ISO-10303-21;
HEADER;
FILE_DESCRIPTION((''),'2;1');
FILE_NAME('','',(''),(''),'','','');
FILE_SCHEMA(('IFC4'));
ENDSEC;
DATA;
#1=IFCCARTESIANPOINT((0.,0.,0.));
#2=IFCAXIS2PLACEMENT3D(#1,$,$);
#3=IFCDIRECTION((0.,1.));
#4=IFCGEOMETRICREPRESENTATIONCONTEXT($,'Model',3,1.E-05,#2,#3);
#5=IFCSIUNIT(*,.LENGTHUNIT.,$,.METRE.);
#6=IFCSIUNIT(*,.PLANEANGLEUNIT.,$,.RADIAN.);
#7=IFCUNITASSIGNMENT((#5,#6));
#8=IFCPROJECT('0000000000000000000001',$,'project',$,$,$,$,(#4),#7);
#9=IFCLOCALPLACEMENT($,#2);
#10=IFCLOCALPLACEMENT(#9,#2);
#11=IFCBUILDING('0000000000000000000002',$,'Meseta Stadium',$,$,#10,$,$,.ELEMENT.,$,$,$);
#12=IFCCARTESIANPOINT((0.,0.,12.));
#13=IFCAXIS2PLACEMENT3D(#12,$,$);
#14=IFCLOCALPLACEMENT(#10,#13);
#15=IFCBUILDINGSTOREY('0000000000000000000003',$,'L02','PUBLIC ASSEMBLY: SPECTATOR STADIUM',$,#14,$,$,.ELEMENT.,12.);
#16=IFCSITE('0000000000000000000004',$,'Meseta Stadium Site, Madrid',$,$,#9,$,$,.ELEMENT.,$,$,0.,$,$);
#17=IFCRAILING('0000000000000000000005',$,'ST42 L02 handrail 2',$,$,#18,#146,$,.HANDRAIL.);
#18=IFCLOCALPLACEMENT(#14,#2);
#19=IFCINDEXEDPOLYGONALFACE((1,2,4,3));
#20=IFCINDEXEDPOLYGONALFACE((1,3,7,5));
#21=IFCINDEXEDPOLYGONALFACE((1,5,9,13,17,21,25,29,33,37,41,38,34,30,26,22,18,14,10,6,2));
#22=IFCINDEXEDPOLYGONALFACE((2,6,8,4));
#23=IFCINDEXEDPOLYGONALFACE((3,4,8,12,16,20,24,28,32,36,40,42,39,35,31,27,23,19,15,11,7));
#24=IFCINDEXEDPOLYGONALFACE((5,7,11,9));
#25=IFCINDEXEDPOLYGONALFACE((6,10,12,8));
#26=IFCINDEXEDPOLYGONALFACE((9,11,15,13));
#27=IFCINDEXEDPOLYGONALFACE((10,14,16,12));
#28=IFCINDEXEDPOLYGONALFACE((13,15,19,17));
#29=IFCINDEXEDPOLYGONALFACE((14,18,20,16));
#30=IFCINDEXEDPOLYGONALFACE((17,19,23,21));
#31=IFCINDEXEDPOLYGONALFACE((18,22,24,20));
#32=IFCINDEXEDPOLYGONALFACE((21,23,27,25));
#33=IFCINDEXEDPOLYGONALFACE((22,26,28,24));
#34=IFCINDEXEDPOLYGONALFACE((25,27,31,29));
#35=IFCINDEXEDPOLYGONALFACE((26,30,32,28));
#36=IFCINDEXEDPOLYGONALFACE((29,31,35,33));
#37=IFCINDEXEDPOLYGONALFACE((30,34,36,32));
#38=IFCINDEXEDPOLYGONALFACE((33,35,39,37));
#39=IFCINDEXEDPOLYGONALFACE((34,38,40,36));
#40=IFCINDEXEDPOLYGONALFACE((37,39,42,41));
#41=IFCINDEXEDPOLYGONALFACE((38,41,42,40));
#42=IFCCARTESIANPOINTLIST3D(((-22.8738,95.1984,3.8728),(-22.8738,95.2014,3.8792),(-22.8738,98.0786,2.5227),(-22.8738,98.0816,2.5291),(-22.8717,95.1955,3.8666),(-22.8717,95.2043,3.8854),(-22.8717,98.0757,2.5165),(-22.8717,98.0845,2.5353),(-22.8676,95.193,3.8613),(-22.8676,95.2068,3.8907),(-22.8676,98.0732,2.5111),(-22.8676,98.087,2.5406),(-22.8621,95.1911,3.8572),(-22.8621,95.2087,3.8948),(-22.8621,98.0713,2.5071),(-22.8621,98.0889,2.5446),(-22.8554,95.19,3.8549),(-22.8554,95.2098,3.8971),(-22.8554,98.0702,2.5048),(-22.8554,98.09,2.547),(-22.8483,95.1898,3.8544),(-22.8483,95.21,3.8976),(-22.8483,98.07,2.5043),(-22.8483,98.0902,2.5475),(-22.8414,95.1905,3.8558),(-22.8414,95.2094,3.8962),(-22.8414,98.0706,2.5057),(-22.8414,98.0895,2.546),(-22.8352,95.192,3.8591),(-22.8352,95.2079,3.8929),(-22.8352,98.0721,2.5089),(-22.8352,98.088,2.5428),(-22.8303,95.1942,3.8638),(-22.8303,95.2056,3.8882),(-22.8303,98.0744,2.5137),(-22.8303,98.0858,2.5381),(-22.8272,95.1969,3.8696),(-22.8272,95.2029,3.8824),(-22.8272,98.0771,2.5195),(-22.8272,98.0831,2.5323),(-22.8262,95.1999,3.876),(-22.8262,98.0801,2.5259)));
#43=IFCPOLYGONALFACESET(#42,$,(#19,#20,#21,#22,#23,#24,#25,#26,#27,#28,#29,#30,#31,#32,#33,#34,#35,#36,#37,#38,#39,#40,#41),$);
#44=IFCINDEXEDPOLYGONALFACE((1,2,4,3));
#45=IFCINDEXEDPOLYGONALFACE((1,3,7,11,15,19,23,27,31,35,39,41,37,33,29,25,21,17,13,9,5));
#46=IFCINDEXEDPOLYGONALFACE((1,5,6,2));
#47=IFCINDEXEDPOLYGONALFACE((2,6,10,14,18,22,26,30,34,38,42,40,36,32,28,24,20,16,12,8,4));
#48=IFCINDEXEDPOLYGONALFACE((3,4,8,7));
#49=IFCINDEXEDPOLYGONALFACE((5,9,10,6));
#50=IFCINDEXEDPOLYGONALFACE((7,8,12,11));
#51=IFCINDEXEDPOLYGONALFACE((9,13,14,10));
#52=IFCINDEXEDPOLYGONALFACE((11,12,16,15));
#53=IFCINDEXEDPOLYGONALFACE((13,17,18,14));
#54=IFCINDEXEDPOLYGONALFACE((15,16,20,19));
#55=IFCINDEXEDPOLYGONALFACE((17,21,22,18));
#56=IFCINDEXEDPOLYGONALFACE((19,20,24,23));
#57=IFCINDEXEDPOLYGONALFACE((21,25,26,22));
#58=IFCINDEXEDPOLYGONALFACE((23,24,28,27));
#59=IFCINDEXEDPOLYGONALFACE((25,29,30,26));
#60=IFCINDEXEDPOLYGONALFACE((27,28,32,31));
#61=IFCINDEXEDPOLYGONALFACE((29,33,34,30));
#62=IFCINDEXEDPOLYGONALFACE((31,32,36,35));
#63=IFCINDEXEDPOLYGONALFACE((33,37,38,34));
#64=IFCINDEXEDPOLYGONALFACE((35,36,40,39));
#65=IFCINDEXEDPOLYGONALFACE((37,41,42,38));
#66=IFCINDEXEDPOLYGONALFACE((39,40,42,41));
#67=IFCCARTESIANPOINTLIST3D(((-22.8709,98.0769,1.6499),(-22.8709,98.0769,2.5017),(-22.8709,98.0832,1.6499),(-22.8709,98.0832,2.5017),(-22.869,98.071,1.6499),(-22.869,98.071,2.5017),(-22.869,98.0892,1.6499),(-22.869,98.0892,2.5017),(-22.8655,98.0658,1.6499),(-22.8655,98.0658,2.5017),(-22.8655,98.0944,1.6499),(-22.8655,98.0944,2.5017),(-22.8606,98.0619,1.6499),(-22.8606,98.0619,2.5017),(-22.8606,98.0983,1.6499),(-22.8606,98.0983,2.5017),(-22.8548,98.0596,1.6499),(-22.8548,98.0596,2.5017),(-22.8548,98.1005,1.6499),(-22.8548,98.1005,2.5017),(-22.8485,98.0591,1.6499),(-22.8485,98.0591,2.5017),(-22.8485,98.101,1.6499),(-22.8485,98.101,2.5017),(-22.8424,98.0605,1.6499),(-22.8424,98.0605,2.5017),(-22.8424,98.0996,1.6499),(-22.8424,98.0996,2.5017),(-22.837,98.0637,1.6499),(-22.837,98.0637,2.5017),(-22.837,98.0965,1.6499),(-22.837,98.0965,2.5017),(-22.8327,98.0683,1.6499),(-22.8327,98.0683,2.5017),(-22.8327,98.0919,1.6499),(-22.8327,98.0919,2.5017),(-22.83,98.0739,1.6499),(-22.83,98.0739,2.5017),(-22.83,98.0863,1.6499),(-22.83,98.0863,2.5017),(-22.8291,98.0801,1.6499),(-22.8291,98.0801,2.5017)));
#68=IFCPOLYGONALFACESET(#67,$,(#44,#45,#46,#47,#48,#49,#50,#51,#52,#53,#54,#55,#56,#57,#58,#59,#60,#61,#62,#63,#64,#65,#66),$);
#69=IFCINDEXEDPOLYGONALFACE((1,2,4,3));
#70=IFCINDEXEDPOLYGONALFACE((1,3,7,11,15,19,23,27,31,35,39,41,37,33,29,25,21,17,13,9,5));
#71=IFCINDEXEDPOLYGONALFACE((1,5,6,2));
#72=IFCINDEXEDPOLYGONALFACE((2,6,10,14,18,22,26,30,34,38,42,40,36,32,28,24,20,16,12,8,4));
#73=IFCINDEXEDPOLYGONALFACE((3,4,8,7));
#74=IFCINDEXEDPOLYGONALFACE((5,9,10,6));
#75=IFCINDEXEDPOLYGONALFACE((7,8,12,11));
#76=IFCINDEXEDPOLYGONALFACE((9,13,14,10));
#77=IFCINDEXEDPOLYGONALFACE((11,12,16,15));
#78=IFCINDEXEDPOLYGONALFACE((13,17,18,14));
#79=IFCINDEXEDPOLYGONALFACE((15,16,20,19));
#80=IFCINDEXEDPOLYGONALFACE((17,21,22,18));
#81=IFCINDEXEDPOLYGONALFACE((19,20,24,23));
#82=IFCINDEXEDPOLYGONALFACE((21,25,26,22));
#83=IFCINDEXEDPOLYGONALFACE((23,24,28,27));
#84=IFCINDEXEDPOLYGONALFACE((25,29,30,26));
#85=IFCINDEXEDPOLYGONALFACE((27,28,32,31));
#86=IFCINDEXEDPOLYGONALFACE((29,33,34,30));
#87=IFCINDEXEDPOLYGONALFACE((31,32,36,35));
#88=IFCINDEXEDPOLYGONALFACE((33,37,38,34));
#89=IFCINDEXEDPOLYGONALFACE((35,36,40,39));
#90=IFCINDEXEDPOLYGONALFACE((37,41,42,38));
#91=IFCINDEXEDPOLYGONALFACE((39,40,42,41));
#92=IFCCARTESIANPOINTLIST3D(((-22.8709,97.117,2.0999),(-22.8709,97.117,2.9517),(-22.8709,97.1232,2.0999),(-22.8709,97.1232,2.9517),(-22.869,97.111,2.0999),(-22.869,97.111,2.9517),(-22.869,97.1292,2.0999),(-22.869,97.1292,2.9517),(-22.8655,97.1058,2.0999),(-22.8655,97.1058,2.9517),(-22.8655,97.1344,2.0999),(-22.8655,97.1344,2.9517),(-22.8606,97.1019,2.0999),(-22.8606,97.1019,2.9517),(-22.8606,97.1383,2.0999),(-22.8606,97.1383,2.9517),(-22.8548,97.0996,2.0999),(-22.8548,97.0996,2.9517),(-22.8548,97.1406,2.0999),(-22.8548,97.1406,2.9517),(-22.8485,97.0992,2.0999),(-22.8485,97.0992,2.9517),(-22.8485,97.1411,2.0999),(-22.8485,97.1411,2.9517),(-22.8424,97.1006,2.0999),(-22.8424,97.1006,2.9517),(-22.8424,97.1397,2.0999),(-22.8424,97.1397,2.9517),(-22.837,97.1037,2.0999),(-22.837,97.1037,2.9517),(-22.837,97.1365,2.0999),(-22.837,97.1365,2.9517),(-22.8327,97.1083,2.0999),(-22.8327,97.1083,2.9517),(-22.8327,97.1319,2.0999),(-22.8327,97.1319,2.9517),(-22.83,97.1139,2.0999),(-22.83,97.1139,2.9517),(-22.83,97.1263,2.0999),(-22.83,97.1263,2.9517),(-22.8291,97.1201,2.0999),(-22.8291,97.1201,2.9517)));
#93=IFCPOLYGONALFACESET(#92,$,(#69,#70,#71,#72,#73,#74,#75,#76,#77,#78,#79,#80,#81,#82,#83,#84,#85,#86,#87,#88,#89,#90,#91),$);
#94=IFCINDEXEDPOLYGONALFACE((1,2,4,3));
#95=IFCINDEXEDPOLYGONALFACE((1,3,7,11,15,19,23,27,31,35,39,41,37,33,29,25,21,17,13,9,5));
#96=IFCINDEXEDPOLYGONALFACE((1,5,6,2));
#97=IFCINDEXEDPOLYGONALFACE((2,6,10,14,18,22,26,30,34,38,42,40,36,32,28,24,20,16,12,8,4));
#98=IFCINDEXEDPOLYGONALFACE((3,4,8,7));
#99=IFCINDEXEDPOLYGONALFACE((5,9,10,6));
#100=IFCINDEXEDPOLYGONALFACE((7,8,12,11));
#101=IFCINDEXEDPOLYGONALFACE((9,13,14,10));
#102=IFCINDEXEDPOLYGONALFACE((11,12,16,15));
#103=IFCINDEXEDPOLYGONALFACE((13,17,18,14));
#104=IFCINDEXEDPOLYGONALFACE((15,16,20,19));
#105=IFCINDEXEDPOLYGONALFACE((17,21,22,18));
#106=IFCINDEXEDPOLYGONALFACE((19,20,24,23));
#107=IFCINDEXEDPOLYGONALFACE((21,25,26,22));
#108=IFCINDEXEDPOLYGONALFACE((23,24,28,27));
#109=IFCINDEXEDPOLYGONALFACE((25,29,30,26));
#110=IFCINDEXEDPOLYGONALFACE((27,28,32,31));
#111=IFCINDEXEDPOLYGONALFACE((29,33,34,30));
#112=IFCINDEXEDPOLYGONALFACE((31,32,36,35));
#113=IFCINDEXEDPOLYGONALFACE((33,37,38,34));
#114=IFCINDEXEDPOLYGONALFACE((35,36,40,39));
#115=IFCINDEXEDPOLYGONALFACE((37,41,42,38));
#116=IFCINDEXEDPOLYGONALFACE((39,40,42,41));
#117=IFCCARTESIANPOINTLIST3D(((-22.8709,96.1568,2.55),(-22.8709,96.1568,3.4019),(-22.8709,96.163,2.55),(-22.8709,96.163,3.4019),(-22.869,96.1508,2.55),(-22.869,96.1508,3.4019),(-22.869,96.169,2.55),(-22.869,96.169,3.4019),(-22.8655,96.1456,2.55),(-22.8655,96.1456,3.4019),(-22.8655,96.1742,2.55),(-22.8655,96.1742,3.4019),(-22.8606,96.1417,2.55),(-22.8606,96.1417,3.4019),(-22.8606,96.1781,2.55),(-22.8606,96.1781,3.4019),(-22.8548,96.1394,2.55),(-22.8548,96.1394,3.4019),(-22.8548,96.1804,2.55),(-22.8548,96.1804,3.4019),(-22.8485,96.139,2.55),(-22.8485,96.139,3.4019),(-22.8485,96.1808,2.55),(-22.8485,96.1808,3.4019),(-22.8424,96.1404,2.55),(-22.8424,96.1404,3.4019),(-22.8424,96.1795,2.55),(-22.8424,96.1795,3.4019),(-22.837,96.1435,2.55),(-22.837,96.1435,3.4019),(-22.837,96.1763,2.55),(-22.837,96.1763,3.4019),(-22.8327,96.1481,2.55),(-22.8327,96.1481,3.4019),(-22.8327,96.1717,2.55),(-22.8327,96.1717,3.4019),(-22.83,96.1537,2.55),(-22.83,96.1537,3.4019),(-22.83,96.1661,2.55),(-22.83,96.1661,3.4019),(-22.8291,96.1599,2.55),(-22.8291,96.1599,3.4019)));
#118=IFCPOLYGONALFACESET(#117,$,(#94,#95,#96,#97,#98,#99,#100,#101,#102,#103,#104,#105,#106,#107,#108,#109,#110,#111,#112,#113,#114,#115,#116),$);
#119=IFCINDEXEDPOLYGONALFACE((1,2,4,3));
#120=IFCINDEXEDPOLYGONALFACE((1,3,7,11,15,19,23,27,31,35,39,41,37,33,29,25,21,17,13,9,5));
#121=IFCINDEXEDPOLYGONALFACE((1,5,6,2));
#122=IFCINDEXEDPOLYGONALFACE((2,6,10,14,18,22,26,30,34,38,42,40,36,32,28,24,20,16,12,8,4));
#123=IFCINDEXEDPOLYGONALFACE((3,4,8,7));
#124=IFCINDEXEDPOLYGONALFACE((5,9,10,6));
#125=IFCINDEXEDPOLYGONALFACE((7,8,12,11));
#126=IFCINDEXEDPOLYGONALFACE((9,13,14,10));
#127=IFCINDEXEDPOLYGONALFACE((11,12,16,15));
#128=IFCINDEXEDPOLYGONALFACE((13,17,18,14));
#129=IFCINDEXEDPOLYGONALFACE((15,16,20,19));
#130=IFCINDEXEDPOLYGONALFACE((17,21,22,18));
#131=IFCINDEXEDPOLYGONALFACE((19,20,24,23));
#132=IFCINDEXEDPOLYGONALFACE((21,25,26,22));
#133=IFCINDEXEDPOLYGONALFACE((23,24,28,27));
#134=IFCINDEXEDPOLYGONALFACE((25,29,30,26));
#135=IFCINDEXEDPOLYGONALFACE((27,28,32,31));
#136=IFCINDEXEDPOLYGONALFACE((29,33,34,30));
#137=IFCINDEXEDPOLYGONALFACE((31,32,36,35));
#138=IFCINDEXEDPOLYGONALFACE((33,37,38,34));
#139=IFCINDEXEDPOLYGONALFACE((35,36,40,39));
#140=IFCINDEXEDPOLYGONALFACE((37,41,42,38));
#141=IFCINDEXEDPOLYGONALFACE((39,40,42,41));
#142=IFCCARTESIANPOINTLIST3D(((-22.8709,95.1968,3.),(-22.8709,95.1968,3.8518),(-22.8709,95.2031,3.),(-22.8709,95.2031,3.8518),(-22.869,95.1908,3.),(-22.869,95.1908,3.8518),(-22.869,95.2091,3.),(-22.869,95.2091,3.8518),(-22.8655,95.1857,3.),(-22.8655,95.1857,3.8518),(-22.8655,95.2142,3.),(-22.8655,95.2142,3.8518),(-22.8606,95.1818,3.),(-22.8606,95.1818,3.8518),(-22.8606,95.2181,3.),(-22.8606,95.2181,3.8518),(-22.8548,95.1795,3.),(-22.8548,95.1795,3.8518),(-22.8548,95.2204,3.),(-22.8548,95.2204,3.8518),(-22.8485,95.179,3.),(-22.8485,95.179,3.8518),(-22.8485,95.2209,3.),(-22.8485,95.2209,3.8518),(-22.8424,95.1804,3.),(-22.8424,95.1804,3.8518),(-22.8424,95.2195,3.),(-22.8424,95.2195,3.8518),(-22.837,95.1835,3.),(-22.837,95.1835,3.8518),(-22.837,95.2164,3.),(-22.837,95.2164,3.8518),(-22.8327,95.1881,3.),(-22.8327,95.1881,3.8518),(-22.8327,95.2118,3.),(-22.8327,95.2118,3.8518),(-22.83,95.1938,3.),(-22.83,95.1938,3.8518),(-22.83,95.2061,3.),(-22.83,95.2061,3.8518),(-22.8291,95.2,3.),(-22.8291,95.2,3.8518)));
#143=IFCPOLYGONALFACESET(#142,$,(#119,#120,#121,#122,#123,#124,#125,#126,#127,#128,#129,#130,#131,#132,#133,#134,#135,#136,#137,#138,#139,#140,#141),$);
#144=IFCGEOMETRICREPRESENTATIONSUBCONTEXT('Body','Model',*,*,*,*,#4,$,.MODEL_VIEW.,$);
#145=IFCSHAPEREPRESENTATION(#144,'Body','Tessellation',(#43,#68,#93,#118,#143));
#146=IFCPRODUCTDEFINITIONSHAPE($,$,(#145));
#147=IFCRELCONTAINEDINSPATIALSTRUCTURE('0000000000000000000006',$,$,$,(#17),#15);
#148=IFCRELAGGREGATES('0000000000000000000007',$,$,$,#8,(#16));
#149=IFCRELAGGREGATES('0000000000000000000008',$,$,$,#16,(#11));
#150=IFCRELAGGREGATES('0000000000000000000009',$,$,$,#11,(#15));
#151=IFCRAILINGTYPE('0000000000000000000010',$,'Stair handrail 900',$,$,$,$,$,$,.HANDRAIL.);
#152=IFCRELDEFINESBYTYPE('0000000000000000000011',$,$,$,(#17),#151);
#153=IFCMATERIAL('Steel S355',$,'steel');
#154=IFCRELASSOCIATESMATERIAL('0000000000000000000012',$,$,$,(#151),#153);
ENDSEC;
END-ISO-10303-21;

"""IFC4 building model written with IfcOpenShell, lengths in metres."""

from ifc_helpers import new_model, si_unit, direction, frame, origin, origin_2d, place, context, subcontext, project, spatial, circle, extrude, material, type_object, element, save


model = new_model("IFC4")

# Units and contexts
model_context = context("Model", 3, precision=1e-05, world=origin(), true_north=direction((0.0, 1.0)))
body_context = subcontext(model_context, "Body", "Model", "MODEL_VIEW")
ifc_project = project(units=[si_unit("LENGTHUNIT", "METRE"), si_unit("PLANEANGLEUNIT", "RADIAN")], contexts=[model_context])

# Site, building, storey
site_placement = place(None, origin())
site = spatial("IfcSite", under=ifc_project, at=site_placement, Name="Meseta Stadium Site, Madrid", CompositionType="ELEMENT", RefElevation=0.0)
building_placement = place(site_placement, origin())
building = spatial("IfcBuilding", under=site, at=building_placement, Name="Meseta Stadium", CompositionType="ELEMENT")
storey_placement = place(building_placement, frame((0.0, 0.0, 12.0)))
storey = spatial("IfcBuildingStorey", under=building, at=storey_placement, Name="L02", Description="PUBLIC ASSEMBLY: SPECTATOR STADIUM", CompositionType="ELEMENT", Elevation=12.0)

# Railing
ifc_material_1 = material(Name="Steel S355", Category="steel")
railing_type_1 = type_object("IfcRailingType", Name="Stair handrail 900", PredefinedType="HANDRAIL", material=ifc_material_1)
for number, where, name in (
    (1, (-22.8501, 98.0801, 1.6499), "ST42 L02 handrail 2"),
):
    element("IfcRailing", number, at=place(storey_placement, frame(where)), inside=storey, type_object=railing_type_1, Name=name, PredefinedType="HANDRAIL", context=body_context, shape_type="SweptSolid", body=[
        extrude(circle(Radius=0.0239, at=origin_2d()), frame((0.0, 0.0, 0.876), z_axis=(0.0, -0.905454, 0.424444), x_axis=(1.0, 0.0, 0.0)), (0.0, 0.0, 1.0), 3.1809),
        extrude(circle(Radius=0.021, at=origin_2d()), origin(), (0.0, 0.0, 1.0), 0.8518),
        extrude(circle(Radius=0.021, at=origin_2d()), frame((0.0, -0.96, 0.45)), (0.0, 0.0, 1.0), 0.8518),
        extrude(circle(Radius=0.021, at=origin_2d()), frame((0.0, -1.9202, 0.9001)), (0.0, 0.0, 1.0), 0.8518),
        extrude(circle(Radius=0.021, at=origin_2d()), frame((0.0, -2.8801, 1.3501)), (0.0, 0.0, 1.0), 0.8518),
    ])

save(model, "model.ifc")
